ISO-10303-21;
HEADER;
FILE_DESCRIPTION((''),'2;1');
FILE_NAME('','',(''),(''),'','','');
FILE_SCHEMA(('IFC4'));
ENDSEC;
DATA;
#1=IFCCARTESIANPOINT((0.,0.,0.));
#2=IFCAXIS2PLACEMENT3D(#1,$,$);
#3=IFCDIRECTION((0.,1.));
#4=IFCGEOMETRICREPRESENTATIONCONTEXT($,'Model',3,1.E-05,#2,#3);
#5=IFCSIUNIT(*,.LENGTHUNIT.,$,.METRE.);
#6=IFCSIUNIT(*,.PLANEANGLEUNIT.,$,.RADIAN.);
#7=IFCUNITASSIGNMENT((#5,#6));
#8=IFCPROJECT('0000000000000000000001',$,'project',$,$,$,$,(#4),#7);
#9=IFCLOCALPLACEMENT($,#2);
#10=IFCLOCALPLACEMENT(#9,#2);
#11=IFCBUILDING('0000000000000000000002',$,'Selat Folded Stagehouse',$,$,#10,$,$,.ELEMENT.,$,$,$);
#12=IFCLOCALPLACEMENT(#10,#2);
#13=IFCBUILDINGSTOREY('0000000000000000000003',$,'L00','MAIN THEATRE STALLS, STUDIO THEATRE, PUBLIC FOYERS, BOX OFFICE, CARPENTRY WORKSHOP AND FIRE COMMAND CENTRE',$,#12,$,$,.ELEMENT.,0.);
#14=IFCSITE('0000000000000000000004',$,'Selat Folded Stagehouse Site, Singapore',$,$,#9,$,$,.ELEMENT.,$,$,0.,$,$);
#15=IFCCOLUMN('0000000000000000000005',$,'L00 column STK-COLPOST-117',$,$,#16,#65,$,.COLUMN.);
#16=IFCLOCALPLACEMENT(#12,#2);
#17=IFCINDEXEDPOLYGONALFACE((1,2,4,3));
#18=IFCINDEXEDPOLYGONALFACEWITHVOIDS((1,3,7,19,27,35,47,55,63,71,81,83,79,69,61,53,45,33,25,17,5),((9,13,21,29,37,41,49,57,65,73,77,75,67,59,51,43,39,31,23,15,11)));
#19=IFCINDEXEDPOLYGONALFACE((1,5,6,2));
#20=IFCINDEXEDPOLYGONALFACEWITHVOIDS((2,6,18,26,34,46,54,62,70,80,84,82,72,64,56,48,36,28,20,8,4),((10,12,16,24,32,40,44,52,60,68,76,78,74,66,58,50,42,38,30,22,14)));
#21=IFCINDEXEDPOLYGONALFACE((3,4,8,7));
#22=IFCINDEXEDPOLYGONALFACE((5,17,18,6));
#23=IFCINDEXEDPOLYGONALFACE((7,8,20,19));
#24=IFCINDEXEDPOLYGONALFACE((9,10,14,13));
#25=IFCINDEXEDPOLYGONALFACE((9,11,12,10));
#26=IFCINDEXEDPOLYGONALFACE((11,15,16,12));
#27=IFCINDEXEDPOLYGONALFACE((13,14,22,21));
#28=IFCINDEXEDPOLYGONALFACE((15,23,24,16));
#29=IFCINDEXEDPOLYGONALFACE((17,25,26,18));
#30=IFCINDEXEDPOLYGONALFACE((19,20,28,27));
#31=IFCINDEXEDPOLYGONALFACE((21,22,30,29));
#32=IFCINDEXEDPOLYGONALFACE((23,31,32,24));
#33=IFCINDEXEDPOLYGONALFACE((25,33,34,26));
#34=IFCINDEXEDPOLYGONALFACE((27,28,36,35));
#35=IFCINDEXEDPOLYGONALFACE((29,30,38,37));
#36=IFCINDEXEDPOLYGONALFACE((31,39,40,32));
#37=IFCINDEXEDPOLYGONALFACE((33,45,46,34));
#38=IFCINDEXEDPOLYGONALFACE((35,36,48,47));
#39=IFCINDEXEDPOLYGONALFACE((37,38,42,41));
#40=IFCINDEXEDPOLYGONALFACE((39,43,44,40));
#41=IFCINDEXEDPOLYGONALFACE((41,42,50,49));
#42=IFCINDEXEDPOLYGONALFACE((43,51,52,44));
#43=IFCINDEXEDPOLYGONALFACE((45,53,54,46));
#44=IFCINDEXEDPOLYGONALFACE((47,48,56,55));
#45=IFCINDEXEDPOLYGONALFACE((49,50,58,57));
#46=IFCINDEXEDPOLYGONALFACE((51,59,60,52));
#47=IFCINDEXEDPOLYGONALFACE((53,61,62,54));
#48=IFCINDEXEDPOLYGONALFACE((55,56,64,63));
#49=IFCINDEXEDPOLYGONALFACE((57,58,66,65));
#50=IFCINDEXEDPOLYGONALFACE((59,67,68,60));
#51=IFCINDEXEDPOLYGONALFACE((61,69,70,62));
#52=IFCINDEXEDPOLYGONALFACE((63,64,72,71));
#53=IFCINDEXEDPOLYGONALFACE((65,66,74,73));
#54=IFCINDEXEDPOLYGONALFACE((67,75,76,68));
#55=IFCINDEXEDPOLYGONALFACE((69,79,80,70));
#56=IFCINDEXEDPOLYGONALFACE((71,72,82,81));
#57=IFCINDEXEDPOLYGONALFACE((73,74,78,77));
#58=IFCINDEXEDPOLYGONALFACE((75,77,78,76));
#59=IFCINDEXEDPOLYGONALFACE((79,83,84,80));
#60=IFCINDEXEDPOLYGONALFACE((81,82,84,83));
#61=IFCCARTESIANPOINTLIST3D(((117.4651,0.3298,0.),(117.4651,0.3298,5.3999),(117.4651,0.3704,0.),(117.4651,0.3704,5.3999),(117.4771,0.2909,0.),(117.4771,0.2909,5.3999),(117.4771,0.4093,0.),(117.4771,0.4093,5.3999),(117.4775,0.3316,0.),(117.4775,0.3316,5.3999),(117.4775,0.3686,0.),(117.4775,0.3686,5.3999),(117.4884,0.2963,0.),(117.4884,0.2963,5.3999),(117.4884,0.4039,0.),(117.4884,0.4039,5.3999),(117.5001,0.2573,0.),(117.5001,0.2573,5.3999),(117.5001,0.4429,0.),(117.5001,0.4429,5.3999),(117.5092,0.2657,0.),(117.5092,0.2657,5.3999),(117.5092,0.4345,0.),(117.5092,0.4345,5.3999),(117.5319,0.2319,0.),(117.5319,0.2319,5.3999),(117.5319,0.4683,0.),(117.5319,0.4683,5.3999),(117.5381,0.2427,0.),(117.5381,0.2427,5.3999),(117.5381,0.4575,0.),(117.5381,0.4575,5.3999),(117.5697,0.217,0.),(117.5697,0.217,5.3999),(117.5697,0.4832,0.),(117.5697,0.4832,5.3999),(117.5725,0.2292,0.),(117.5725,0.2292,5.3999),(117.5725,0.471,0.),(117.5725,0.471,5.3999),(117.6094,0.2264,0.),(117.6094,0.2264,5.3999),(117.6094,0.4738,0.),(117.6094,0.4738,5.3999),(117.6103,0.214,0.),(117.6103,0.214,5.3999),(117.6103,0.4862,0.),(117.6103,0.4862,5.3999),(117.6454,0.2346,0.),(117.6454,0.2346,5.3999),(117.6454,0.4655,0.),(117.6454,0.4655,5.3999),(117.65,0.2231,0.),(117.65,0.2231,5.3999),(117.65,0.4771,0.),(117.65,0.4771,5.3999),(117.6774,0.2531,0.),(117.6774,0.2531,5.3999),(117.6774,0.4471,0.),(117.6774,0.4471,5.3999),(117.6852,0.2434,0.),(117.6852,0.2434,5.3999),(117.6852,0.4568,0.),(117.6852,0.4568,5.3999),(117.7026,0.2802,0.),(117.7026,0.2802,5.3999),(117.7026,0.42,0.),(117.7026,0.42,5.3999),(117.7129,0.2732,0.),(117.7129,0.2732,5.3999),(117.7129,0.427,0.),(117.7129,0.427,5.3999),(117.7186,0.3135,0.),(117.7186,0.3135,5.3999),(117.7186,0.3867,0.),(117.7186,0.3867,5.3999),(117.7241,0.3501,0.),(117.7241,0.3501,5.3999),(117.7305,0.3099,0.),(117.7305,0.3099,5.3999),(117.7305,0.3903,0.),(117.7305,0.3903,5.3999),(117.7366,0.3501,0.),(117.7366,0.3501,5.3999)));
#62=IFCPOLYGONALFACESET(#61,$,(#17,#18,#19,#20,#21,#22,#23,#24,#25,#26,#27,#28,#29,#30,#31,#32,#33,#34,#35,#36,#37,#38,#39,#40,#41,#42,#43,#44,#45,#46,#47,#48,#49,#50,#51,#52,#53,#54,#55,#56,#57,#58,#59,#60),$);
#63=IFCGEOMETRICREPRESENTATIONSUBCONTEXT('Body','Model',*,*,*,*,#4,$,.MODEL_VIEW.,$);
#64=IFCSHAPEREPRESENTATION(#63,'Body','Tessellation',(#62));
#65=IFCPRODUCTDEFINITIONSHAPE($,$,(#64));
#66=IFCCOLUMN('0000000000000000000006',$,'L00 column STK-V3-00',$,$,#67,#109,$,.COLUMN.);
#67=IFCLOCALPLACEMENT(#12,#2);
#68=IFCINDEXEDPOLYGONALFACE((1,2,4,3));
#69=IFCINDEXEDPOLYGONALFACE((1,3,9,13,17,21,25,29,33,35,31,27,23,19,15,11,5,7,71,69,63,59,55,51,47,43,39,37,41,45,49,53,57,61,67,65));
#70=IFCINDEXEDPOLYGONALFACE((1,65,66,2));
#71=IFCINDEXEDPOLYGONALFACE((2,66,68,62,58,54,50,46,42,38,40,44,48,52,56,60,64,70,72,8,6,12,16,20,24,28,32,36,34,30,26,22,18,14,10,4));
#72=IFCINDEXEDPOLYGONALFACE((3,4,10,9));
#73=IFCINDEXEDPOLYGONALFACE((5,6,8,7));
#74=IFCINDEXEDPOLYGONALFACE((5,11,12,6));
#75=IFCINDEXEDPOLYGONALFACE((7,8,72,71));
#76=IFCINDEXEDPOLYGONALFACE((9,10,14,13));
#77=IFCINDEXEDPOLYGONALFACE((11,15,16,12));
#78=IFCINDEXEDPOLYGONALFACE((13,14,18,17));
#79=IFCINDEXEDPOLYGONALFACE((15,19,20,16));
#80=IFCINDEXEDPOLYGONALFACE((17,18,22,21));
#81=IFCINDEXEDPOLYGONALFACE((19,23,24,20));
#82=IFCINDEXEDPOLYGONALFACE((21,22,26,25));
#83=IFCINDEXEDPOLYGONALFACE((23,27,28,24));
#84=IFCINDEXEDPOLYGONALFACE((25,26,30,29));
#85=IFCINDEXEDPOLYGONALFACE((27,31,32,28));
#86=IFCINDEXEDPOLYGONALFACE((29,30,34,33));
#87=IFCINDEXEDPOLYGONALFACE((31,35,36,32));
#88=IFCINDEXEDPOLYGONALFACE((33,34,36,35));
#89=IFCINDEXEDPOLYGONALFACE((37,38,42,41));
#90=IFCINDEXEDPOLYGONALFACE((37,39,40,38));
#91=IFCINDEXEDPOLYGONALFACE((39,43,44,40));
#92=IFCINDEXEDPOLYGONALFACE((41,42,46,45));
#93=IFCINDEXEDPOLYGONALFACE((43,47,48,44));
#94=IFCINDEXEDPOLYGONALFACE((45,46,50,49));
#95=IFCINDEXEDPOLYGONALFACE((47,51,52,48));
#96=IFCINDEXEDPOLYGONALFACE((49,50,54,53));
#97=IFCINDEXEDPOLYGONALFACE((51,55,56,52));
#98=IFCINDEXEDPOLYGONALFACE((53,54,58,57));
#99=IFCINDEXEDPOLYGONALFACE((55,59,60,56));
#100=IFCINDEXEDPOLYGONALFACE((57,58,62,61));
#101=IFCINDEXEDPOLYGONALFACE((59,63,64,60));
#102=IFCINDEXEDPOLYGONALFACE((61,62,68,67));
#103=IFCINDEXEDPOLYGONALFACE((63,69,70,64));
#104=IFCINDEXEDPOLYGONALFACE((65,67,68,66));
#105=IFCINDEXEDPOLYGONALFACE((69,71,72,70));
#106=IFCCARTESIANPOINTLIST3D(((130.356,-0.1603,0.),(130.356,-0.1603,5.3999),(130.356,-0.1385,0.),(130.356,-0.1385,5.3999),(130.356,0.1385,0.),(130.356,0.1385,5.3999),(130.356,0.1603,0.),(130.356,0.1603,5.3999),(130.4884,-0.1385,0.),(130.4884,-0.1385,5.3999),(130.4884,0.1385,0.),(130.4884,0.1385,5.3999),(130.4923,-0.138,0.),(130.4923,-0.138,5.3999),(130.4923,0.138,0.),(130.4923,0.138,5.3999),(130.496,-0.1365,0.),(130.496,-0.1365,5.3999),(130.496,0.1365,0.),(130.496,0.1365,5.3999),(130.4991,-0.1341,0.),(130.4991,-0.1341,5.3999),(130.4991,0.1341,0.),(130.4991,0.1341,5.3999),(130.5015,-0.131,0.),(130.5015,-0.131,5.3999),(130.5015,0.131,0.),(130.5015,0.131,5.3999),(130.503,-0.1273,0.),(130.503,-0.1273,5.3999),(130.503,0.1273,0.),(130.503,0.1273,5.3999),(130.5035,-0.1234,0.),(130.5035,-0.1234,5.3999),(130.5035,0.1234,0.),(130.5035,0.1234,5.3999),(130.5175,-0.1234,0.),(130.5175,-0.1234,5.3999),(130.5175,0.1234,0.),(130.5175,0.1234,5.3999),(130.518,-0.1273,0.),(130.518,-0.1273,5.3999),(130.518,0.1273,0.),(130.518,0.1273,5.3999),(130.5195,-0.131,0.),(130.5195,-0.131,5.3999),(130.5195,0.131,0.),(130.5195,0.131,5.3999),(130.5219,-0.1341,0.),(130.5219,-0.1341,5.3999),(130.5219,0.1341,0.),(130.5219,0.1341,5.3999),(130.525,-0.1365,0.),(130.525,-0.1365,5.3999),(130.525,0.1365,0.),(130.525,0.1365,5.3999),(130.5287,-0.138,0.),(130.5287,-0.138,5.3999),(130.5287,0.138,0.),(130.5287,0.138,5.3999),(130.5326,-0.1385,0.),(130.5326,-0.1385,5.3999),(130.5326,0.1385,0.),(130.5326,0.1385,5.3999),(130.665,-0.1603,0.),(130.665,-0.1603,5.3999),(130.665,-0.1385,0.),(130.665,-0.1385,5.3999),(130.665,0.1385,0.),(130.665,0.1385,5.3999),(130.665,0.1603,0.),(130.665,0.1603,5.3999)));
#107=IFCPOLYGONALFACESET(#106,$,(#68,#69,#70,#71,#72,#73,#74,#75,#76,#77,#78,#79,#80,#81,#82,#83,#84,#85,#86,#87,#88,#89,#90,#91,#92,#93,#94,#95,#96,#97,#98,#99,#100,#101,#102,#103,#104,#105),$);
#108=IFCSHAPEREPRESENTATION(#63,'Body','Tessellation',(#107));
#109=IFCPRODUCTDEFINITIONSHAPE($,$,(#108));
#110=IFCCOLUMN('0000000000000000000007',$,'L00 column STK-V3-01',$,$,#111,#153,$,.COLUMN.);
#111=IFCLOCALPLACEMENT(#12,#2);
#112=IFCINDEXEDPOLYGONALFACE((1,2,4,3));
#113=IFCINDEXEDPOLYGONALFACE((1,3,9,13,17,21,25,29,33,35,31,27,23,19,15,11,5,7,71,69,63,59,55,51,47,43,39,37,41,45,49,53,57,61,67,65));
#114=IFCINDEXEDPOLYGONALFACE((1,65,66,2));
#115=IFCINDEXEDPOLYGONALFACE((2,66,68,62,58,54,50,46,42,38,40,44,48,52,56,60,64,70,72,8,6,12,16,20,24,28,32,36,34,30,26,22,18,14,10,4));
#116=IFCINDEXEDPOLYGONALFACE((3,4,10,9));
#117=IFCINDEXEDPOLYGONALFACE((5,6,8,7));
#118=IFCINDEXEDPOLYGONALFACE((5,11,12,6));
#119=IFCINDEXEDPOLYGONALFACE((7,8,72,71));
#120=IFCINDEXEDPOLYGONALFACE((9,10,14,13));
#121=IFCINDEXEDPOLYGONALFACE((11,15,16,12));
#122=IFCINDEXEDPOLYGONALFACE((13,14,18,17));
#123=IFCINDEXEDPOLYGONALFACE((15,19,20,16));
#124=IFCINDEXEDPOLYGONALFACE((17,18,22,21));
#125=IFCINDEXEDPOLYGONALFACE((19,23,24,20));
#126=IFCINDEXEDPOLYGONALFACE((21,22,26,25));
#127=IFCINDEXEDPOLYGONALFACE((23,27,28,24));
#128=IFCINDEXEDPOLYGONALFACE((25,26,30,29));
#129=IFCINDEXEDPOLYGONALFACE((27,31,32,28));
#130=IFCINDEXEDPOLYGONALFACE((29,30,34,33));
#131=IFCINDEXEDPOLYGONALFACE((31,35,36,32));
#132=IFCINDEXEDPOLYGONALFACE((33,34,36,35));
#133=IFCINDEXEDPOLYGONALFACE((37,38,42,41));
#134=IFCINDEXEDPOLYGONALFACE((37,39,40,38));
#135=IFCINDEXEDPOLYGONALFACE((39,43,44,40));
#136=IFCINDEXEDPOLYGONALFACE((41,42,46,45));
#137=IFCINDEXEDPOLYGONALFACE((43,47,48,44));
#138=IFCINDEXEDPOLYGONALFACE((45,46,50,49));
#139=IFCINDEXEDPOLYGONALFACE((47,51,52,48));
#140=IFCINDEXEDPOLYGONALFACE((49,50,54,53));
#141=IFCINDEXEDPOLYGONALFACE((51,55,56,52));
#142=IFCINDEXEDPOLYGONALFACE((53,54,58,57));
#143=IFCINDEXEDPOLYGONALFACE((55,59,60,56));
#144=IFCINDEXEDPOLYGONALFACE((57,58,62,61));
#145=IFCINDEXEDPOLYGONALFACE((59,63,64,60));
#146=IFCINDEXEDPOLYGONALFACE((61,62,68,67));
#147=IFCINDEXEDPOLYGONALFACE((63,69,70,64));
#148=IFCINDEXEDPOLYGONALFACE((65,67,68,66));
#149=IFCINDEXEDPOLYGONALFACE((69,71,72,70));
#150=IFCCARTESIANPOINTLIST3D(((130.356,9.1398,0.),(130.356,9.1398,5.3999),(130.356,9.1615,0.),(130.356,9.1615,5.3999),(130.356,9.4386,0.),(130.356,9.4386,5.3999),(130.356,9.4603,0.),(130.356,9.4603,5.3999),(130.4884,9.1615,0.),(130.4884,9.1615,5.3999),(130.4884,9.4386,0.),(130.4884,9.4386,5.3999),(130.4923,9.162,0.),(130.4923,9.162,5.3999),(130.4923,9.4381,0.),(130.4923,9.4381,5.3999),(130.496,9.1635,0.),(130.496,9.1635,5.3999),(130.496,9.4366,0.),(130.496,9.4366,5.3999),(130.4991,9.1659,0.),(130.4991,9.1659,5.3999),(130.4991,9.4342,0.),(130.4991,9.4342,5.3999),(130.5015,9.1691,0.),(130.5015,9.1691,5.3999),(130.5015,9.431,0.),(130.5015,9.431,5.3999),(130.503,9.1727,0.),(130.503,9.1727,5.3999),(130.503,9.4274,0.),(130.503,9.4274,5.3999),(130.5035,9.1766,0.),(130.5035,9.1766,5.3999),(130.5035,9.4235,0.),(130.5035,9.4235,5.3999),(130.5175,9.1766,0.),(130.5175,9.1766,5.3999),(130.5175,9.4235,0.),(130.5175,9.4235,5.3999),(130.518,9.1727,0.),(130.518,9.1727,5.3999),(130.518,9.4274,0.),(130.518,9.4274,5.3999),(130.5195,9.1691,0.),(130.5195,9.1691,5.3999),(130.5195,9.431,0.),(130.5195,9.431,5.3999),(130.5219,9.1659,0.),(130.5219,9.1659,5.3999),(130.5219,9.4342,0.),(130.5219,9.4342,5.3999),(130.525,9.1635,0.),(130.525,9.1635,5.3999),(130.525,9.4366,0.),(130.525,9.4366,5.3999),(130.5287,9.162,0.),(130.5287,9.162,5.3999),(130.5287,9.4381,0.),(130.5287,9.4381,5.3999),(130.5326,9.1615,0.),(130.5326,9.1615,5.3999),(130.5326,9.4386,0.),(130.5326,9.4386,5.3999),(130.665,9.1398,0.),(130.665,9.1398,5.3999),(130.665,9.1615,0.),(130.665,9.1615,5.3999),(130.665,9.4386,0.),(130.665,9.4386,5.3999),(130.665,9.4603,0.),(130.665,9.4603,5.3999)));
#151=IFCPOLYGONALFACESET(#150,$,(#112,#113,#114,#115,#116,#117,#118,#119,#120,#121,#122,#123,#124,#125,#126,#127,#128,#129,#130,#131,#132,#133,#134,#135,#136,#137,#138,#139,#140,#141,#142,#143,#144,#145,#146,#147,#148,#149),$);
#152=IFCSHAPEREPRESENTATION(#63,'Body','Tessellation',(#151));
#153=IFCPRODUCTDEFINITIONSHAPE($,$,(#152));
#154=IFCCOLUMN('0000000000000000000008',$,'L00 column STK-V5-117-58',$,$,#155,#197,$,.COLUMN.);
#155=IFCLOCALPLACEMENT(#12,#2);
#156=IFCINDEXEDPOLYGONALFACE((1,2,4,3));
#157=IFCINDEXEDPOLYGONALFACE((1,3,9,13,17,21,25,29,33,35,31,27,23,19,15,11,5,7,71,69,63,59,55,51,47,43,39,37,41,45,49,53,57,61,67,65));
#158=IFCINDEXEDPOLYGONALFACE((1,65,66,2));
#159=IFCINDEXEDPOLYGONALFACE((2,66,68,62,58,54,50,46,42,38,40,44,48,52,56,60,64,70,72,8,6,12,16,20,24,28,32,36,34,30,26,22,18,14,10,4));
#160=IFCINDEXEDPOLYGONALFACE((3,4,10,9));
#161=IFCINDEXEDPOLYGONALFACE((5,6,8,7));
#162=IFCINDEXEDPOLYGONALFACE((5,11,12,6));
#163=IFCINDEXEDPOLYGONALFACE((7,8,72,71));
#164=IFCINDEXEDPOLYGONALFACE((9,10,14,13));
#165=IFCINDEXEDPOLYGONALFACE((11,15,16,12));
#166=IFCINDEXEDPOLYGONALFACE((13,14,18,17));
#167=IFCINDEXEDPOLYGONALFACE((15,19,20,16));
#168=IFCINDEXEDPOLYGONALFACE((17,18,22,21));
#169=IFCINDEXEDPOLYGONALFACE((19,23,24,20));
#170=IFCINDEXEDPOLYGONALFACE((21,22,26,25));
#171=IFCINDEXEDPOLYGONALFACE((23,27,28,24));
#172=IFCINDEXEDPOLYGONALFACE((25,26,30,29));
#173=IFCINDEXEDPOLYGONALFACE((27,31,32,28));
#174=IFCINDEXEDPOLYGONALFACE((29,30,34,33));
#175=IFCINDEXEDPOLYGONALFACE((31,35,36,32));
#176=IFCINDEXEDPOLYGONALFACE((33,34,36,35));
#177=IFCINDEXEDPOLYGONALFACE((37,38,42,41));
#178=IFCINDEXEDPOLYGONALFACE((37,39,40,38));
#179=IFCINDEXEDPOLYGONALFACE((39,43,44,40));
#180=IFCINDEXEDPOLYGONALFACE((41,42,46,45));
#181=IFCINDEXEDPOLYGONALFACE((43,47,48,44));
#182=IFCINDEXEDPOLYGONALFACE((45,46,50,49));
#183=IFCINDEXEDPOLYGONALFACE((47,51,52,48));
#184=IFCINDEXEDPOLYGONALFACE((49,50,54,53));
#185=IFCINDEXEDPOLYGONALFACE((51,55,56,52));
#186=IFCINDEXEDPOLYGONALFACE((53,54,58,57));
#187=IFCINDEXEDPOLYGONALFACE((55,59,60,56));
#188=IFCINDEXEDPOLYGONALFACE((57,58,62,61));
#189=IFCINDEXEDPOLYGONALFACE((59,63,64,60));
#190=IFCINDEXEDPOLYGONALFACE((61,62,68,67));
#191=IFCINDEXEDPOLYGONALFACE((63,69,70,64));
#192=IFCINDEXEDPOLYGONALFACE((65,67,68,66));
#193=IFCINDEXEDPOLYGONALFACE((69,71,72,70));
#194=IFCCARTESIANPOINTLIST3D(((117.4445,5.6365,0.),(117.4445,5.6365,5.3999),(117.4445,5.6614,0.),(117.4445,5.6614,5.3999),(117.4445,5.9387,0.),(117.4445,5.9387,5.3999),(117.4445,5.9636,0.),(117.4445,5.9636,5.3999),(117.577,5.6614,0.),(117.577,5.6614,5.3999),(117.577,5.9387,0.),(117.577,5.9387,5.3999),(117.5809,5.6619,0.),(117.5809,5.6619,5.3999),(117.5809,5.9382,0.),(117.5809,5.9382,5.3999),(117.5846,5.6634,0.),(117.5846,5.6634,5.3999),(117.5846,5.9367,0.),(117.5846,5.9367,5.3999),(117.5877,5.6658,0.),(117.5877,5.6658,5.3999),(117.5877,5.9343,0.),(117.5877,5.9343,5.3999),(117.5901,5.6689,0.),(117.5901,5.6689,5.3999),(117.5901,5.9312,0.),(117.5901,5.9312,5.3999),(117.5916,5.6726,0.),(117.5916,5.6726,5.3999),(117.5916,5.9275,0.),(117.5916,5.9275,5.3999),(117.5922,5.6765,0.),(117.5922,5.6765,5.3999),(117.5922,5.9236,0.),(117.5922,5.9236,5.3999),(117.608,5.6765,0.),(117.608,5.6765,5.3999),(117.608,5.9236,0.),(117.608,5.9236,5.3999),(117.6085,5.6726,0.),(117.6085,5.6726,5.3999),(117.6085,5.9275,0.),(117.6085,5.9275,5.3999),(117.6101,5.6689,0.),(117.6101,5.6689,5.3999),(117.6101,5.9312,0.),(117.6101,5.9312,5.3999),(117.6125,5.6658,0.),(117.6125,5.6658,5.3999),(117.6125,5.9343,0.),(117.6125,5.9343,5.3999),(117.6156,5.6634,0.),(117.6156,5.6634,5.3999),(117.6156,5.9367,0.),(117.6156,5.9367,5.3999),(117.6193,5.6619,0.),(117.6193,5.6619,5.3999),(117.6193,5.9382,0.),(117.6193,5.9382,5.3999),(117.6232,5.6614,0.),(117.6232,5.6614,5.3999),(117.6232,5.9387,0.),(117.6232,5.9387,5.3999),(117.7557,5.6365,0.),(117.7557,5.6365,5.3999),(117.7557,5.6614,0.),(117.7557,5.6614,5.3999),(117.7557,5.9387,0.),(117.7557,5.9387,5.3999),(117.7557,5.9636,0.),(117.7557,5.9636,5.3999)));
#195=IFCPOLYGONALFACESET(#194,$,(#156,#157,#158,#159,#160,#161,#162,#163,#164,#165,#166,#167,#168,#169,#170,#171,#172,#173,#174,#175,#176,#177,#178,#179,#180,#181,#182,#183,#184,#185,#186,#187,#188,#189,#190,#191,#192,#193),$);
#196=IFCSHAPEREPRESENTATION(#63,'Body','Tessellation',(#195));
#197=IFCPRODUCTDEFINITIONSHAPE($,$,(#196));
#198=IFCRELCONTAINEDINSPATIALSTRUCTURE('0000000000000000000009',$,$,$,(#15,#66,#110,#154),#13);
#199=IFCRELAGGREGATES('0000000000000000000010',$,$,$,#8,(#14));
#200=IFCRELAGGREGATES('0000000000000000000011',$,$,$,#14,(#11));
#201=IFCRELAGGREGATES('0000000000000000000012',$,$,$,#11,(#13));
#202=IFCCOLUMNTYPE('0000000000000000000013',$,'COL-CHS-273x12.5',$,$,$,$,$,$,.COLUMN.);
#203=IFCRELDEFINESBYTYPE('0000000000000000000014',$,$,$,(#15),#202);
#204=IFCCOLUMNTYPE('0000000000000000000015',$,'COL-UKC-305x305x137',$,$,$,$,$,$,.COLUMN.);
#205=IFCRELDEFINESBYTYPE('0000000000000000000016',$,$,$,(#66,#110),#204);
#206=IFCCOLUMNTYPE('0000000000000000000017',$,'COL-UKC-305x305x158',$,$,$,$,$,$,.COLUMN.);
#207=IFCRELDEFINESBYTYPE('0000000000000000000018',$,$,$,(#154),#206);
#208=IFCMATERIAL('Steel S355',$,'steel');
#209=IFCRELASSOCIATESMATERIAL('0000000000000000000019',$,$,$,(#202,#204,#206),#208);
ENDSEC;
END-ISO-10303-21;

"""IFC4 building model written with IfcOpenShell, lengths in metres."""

from ifc_helpers import new_model, si_unit, direction, frame, origin, origin_2d, place, context, subcontext, project, spatial, hollow_circle, i_section, extrude, material, material_profile, profile_set, type_object, element, save


model = new_model("IFC4")

# Units and contexts
model_context = context("Model", 3, precision=1e-05, world=origin(), true_north=direction((0.0, 1.0)))
body_context = subcontext(model_context, "Body", "Model", "MODEL_VIEW")
ifc_project = project(units=[si_unit("LENGTHUNIT", "METRE"), si_unit("PLANEANGLEUNIT", "RADIAN")], contexts=[model_context])

# Site, building, storey
site_placement = place(None, origin())
site = spatial("IfcSite", under=ifc_project, at=site_placement, Name="Selat Folded Stagehouse Site, Singapore", CompositionType="ELEMENT", RefElevation=0.0)
building_placement = place(site_placement, origin())
building = spatial("IfcBuilding", under=site, at=building_placement, Name="Selat Folded Stagehouse", CompositionType="ELEMENT")
storey_placement = place(building_placement, origin())
storey = spatial("IfcBuildingStorey", under=building, at=storey_placement, Name="L00", Description="MAIN THEATRE STALLS, STUDIO THEATRE, PUBLIC FOYERS, BOX OFFICE, CARPENTRY WORKSHOP AND FIRE COMMAND CENTRE", CompositionType="ELEMENT", Elevation=0.0)

# Columns
ifc_material_1 = material(Name="Steel S355", Category="steel")
ifc_material_profile_1 = material_profile(ifc_material_1, hollow_circle(Radius=0.1365, WallThickness=0.0125, at=origin_2d()), Name="CHS 273.0x12.5")
ifc_profile_set_1 = profile_set([ifc_material_profile_1], Name="Steel S355")
column_type_1 = type_object("IfcColumnType", Name="COL-CHS-273x12.5", PredefinedType="COLUMN", material=ifc_profile_set_1)
column_1_placement = place(storey_placement, frame((117.6001, 0.3501, 0.0), z_axis=(0.0, 0.0, 1.0), x_axis=(1.0, 0.0, 0.0)))
element("IfcColumn", 1, at=column_1_placement, inside=storey, type_object=column_type_1, Name="L00 column STK-COLPOST-117", PredefinedType="COLUMN", context=body_context, shape_type="SweptSolid", body=[
    extrude(hollow_circle(Radius=0.1365, WallThickness=0.0125, at=origin_2d()), origin(), (0.0, 0.0, 1.0), 5.3999),
])
ifc_material_profile_2 = material_profile(ifc_material_1, i_section(OverallWidth=0.3091, OverallDepth=0.3206, WebThickness=0.0139, FlangeThickness=0.0217, FilletRadius=0.0151, at=origin_2d()), Name="UKC 305x305x137")
ifc_profile_set_2 = profile_set([ifc_material_profile_2], Name="Steel S355")
column_type_2 = type_object("IfcColumnType", Name="COL-UKC-305x305x137", PredefinedType="COLUMN", material=ifc_profile_set_2)
for number, where, z_axis, x_axis, name in (
    (2, (130.5105, 0.0, 0.0), (0.0, 0.0, 1.0), (1.0, 0.0, 0.0), "L00 column STK-V3-00"),
    (3, (130.5105, 9.3, 0.0), (0.0, 0.0, 1.0), (1.0, 0.0, 0.0), "L00 column STK-V3-01"),
):
    element("IfcColumn", number, at=place(storey_placement, frame(where, z_axis=z_axis, x_axis=x_axis)), inside=storey, type_object=column_type_2, Name=name, PredefinedType="COLUMN", context=body_context, shape_type="SweptSolid", body=[
        extrude(i_section(OverallWidth=0.3091, OverallDepth=0.3206, WebThickness=0.0139, FlangeThickness=0.0217, FilletRadius=0.0151, at=origin_2d()), origin(), (0.0, 0.0, 1.0), 5.3999),
    ])
ifc_material_profile_3 = material_profile(ifc_material_1, i_section(OverallWidth=0.3113, OverallDepth=0.3271, WebThickness=0.0159, FlangeThickness=0.0249, FilletRadius=0.0151, at=origin_2d()), Name="UKC 305x305x158")
ifc_profile_set_3 = profile_set([ifc_material_profile_3], Name="Steel S355")
column_type_3 = type_object("IfcColumnType", Name="COL-UKC-305x305x158", PredefinedType="COLUMN", material=ifc_profile_set_3)
column_2_placement = place(storey_placement, frame((117.6001, 5.8, 0.0), z_axis=(0.0, 0.0, 1.0), x_axis=(1.0, 0.0, 0.0)))
element("IfcColumn", 4, at=column_2_placement, inside=storey, type_object=column_type_3, Name="L00 column STK-V5-117-58", PredefinedType="COLUMN", context=body_context, shape_type="SweptSolid", body=[
    extrude(i_section(OverallWidth=0.3113, OverallDepth=0.3271, WebThickness=0.0159, FlangeThickness=0.0249, FilletRadius=0.0151, at=origin_2d()), origin(), (0.0, 0.0, 1.0), 5.3999),
])

save(model, "model.ifc")
